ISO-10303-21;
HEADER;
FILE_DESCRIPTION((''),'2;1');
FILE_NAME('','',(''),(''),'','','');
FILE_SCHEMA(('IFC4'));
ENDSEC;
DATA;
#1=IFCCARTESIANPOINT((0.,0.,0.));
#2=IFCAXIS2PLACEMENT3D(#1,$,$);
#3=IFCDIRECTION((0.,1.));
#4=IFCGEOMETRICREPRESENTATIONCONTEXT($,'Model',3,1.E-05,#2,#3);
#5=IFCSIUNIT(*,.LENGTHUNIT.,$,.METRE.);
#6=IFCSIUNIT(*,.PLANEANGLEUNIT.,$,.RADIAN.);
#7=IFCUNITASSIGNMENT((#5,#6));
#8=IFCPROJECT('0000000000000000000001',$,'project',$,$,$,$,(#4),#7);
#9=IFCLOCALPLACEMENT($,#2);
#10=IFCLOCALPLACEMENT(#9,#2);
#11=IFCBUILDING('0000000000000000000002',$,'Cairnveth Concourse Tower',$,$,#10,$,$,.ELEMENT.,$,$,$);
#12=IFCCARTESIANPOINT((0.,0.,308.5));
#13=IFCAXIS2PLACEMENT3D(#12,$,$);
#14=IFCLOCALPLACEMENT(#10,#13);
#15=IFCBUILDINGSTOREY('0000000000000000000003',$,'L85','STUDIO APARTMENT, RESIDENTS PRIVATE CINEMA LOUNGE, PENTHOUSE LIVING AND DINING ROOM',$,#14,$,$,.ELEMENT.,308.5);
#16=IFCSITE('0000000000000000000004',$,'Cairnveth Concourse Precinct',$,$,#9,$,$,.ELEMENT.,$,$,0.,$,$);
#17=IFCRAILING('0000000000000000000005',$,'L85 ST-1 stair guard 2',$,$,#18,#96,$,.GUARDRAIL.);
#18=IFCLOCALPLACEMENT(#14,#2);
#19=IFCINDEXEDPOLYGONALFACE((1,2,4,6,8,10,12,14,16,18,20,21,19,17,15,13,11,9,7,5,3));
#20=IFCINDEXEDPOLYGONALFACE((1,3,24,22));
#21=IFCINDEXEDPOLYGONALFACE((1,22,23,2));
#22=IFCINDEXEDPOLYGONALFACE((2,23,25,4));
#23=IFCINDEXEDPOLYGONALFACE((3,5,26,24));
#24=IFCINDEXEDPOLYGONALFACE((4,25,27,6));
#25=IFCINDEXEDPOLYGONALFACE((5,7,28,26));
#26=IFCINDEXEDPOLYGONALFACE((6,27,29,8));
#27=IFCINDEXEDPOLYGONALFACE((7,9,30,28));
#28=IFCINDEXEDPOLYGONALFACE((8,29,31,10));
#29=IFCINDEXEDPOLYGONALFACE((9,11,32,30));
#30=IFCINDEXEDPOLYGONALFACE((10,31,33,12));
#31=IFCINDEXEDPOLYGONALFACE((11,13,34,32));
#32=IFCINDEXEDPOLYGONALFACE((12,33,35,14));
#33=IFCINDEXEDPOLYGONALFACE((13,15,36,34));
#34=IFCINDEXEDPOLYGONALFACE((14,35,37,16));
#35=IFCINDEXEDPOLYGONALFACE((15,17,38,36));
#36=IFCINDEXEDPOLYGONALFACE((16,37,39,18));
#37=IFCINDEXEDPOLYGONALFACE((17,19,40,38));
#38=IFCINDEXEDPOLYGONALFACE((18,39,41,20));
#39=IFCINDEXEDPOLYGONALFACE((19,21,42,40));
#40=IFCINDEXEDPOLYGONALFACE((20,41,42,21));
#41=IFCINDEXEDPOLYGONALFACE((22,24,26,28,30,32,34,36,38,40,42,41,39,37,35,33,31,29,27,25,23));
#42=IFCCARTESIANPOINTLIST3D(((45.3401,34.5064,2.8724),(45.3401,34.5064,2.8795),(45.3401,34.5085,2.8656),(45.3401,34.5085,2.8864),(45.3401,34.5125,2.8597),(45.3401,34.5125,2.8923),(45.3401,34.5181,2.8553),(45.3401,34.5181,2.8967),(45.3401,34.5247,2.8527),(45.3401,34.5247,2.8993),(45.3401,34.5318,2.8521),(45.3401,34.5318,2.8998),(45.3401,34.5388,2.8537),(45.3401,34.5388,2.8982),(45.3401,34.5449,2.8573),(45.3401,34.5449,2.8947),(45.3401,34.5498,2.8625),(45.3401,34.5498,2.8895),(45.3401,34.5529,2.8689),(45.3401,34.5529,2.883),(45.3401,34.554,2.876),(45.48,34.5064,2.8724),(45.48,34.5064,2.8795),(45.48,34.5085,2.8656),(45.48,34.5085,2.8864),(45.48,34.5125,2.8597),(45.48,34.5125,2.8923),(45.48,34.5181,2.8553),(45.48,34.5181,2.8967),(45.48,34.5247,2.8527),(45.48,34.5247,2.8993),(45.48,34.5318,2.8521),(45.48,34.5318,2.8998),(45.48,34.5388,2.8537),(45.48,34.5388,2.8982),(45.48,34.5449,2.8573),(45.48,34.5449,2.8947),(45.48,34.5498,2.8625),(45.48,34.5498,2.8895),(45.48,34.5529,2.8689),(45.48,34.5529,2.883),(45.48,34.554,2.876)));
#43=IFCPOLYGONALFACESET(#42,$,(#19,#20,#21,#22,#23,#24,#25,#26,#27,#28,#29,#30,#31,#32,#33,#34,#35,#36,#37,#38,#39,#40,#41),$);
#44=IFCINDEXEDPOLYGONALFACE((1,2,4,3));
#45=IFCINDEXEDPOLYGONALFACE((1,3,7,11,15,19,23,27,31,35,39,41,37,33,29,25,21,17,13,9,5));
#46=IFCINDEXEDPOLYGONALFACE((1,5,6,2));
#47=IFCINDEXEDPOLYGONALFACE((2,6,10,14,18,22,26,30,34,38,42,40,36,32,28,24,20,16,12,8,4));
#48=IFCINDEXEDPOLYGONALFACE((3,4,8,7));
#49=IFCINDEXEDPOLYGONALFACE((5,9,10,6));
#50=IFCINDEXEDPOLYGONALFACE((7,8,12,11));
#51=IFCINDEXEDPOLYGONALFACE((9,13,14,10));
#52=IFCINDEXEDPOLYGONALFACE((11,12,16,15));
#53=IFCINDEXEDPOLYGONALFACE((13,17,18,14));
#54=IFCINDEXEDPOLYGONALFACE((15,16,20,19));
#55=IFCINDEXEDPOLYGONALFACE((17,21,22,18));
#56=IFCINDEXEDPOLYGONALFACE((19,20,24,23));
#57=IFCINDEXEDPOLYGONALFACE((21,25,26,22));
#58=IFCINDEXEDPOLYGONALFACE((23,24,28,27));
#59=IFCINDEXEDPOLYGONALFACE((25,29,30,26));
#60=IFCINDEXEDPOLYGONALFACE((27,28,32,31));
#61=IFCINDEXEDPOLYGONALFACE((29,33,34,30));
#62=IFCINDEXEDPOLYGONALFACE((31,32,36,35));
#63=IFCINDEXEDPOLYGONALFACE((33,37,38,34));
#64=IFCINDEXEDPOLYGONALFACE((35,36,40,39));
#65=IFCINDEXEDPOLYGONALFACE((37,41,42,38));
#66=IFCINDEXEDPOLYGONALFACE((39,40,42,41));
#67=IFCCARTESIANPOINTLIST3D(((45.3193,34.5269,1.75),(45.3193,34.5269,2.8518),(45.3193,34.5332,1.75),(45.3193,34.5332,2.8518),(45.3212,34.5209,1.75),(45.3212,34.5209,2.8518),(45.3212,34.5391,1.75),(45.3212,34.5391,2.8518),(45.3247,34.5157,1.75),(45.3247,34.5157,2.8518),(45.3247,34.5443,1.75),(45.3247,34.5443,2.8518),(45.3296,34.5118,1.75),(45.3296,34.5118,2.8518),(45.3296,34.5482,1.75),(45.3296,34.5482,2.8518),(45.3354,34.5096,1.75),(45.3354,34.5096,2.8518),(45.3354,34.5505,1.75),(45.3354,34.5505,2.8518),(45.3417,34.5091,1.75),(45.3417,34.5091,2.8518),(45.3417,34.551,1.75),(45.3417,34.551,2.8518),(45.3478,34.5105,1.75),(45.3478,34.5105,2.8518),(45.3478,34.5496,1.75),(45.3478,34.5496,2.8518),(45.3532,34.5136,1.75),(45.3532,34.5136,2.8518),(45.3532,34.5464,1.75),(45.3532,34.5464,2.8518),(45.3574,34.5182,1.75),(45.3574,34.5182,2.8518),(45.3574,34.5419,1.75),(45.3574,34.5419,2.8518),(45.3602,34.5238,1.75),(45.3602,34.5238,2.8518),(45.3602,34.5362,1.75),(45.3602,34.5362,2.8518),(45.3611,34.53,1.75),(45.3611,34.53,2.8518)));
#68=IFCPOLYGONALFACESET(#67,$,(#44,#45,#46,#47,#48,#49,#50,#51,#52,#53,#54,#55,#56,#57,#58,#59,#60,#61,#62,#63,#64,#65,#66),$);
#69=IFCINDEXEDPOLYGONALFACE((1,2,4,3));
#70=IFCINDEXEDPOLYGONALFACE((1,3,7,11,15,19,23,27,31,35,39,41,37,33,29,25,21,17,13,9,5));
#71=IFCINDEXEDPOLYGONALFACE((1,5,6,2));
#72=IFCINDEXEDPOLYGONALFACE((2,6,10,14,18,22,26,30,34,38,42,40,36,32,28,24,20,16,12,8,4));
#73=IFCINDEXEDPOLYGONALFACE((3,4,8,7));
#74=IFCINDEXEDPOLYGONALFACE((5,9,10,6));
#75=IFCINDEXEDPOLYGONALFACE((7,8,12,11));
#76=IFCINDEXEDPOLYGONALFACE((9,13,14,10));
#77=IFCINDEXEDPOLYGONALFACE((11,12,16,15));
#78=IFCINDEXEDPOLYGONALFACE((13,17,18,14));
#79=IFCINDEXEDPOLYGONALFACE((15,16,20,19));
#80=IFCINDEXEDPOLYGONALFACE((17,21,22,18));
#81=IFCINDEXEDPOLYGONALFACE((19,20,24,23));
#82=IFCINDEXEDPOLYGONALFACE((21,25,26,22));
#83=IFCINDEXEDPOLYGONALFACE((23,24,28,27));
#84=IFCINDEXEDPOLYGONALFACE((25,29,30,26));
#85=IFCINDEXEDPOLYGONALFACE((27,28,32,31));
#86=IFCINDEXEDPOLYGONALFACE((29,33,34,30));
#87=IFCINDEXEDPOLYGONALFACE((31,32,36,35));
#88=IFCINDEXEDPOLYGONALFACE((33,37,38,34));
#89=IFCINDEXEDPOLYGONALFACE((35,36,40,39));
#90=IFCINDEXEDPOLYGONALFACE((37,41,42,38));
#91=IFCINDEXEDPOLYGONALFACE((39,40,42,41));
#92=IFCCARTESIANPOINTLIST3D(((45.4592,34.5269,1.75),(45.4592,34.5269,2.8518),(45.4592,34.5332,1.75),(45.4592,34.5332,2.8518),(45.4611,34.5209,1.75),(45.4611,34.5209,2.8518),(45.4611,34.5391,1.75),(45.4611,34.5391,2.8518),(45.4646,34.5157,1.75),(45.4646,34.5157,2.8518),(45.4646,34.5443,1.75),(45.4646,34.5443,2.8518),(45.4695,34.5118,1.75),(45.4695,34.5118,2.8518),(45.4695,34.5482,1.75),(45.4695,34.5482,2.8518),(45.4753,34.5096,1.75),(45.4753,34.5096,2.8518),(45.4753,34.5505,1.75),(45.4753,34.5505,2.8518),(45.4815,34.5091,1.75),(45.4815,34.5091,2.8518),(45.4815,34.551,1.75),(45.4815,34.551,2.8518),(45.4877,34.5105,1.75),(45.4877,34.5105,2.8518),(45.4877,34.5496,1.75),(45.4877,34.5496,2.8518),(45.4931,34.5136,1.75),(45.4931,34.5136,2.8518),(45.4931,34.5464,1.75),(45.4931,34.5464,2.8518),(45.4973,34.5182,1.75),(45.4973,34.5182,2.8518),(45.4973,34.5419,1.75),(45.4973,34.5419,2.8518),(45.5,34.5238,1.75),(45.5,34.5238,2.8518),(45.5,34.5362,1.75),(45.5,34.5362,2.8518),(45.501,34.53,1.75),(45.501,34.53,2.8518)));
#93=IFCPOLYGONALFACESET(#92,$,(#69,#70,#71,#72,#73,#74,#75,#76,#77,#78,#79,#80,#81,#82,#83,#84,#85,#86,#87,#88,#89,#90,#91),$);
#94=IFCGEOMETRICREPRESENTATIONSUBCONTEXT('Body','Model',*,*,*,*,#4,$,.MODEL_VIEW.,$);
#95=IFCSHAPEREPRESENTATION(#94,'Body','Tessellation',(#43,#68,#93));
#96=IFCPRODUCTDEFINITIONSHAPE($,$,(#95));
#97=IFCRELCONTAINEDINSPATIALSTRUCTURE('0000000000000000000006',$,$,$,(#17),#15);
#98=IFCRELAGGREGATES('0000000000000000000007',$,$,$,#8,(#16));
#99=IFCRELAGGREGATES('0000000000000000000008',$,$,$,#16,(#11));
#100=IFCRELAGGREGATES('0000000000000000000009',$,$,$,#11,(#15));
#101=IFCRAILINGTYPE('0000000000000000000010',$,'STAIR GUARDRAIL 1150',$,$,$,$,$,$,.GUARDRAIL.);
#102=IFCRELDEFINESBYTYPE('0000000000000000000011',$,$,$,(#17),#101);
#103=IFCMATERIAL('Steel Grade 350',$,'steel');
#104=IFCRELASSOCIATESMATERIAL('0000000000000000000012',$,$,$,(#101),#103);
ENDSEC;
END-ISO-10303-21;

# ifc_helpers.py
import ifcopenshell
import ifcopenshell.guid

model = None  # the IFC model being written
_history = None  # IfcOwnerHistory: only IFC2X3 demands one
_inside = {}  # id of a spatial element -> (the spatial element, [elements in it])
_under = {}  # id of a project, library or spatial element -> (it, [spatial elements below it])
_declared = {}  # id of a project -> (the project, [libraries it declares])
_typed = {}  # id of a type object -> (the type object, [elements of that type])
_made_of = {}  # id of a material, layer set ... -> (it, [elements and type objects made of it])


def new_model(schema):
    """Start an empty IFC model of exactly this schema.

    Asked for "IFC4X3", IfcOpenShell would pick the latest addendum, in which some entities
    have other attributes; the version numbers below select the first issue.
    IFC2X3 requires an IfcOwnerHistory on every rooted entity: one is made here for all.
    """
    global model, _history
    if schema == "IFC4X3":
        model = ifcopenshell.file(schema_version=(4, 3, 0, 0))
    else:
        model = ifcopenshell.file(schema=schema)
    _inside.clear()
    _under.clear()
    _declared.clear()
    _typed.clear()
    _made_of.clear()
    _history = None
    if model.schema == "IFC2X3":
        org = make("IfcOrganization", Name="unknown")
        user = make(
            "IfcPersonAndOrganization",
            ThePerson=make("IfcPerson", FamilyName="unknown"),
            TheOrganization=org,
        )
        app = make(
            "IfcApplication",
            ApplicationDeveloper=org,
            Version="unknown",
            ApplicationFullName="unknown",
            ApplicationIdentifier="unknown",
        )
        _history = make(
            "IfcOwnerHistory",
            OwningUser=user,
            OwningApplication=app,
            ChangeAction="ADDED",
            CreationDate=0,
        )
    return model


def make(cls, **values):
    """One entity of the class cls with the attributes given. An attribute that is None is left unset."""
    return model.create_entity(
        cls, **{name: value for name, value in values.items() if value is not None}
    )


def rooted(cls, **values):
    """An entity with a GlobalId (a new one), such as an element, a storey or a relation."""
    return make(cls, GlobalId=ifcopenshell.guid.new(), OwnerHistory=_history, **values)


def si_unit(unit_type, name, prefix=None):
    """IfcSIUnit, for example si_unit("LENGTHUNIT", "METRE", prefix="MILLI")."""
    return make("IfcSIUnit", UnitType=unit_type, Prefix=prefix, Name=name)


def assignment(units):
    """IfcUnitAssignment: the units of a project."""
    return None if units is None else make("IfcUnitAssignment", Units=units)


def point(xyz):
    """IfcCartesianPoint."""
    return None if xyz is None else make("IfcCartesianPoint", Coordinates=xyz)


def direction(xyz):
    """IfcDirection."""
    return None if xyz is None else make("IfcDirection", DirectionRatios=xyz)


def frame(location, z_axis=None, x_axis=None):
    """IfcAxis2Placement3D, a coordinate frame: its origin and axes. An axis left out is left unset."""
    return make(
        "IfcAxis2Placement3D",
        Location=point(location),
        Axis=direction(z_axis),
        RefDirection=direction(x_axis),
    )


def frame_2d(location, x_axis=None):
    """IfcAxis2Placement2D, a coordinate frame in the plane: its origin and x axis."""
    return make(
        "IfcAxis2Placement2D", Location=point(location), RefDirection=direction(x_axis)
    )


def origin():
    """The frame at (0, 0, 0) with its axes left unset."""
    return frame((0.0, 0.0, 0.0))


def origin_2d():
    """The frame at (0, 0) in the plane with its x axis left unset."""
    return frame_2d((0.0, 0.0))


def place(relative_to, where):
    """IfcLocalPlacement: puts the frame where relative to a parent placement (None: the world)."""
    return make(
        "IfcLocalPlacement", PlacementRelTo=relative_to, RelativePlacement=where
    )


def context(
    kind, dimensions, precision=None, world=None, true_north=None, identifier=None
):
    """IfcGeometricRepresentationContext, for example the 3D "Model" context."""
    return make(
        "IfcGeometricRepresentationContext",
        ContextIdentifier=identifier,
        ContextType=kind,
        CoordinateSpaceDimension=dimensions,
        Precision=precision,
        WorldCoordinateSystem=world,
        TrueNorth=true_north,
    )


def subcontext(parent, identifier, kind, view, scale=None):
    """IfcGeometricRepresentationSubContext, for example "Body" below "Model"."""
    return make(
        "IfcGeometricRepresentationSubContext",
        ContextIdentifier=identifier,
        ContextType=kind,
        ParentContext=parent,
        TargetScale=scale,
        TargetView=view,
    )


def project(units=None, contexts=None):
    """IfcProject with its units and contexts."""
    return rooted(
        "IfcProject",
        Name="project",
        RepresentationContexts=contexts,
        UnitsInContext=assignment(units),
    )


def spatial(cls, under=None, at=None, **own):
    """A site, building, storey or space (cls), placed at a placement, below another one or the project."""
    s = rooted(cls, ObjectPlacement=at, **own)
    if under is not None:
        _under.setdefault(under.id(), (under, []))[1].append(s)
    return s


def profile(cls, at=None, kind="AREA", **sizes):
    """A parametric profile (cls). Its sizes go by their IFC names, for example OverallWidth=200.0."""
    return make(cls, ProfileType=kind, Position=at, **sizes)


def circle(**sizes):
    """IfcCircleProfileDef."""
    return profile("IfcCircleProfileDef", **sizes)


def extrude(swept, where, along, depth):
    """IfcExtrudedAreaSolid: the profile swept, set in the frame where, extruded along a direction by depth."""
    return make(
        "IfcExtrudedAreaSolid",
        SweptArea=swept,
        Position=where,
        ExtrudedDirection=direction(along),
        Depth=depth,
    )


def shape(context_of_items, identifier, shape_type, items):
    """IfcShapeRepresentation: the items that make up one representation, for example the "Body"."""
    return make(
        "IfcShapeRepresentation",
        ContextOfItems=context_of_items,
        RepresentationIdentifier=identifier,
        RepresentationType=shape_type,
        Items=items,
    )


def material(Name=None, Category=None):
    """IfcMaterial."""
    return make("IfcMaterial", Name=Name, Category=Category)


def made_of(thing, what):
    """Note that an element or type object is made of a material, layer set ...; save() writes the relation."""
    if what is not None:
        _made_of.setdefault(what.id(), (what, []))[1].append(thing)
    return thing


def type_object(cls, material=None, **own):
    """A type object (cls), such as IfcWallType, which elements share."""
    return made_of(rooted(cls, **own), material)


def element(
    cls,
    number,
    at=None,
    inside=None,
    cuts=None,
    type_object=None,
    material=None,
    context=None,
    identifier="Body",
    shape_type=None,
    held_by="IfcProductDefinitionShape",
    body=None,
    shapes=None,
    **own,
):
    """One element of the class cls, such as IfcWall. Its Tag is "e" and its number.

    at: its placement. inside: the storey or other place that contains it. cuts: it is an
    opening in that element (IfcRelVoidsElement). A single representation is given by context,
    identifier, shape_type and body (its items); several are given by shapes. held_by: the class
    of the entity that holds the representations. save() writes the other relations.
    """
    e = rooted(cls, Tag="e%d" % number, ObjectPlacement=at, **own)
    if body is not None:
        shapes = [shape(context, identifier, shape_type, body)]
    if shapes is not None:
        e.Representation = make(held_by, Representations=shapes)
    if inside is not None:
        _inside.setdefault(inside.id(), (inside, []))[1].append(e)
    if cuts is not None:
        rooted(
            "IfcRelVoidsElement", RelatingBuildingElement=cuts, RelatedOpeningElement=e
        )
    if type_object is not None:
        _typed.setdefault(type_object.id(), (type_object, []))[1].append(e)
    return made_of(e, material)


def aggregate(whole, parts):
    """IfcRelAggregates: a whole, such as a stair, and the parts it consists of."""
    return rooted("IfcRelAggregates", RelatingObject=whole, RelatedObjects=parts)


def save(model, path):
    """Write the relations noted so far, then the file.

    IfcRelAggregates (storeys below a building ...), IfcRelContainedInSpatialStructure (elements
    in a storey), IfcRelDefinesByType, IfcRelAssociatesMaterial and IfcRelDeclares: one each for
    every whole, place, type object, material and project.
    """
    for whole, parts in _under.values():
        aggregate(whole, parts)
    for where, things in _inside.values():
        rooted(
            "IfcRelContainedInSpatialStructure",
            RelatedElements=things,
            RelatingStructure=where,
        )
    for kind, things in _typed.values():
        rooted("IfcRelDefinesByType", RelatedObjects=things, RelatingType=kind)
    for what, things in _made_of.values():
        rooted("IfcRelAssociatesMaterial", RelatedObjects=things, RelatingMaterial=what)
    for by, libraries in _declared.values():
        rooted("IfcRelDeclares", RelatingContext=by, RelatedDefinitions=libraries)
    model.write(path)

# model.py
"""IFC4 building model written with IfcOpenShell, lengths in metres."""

from ifc_helpers import new_model, si_unit, direction, frame, origin, origin_2d, place, context, subcontext, project, spatial, circle, extrude, material, type_object, element, save


model = new_model("IFC4")

# Units and contexts
model_context = context("Model", 3, precision=1e-05, world=origin(), true_north=direction((0.0, 1.0)))
body_context = subcontext(model_context, "Body", "Model", "MODEL_VIEW")
ifc_project = project(units=[si_unit("LENGTHUNIT", "METRE"), si_unit("PLANEANGLEUNIT", "RADIAN")], contexts=[model_context])

# Site, building, storey
site_placement = place(None, origin())
site = spatial("IfcSite", under=ifc_project, at=site_placement, Name="Cairnveth Concourse Precinct", CompositionType="ELEMENT", RefElevation=0.0)
building_placement = place(site_placement, origin())
building = spatial("IfcBuilding", under=site, at=building_placement, Name="Cairnveth Concourse Tower", CompositionType="ELEMENT")
storey_placement = place(building_placement, frame((0.0, 0.0, 308.5)))
storey = spatial("IfcBuildingStorey", under=building, at=storey_placement, Name="L85", Description="STUDIO APARTMENT, RESIDENTS PRIVATE CINEMA LOUNGE, PENTHOUSE LIVING AND DINING ROOM", CompositionType="ELEMENT", Elevation=308.5)

# Shared definitions
ifc_material_1 = material(Name="Steel Grade 350", Category="steel")

# Railing
railing_type_1 = type_object("IfcRailingType", Name="STAIR GUARDRAIL 1150", PredefinedType="GUARDRAIL", material=ifc_material_1)
railing_1_placement = place(storey_placement, frame((45.3401, 34.53, 1.75)))
element("IfcRailing", 1, at=railing_1_placement, inside=storey, type_object=railing_type_1, Name="L85 ST-1 stair guard 2", PredefinedType="GUARDRAIL", context=body_context, shape_type="SweptSolid", body=[
    extrude(circle(Radius=0.0239, at=origin_2d()), frame((0.0, 0.0, 1.126), z_axis=(1.0, 0.0, 0.0), x_axis=(0.0, 1.0, 0.0)), (0.0, 0.0, 1.0), 0.1399),
    extrude(circle(Radius=0.021, at=origin_2d()), origin(), (0.0, 0.0, 1.0), 1.1018),
    extrude(circle(Radius=0.021, at=origin_2d()), frame((0.1399, 0.0, 0.0)), (0.0, 0.0, 1.0), 1.1018),
])

save(model, "model.ifc")
